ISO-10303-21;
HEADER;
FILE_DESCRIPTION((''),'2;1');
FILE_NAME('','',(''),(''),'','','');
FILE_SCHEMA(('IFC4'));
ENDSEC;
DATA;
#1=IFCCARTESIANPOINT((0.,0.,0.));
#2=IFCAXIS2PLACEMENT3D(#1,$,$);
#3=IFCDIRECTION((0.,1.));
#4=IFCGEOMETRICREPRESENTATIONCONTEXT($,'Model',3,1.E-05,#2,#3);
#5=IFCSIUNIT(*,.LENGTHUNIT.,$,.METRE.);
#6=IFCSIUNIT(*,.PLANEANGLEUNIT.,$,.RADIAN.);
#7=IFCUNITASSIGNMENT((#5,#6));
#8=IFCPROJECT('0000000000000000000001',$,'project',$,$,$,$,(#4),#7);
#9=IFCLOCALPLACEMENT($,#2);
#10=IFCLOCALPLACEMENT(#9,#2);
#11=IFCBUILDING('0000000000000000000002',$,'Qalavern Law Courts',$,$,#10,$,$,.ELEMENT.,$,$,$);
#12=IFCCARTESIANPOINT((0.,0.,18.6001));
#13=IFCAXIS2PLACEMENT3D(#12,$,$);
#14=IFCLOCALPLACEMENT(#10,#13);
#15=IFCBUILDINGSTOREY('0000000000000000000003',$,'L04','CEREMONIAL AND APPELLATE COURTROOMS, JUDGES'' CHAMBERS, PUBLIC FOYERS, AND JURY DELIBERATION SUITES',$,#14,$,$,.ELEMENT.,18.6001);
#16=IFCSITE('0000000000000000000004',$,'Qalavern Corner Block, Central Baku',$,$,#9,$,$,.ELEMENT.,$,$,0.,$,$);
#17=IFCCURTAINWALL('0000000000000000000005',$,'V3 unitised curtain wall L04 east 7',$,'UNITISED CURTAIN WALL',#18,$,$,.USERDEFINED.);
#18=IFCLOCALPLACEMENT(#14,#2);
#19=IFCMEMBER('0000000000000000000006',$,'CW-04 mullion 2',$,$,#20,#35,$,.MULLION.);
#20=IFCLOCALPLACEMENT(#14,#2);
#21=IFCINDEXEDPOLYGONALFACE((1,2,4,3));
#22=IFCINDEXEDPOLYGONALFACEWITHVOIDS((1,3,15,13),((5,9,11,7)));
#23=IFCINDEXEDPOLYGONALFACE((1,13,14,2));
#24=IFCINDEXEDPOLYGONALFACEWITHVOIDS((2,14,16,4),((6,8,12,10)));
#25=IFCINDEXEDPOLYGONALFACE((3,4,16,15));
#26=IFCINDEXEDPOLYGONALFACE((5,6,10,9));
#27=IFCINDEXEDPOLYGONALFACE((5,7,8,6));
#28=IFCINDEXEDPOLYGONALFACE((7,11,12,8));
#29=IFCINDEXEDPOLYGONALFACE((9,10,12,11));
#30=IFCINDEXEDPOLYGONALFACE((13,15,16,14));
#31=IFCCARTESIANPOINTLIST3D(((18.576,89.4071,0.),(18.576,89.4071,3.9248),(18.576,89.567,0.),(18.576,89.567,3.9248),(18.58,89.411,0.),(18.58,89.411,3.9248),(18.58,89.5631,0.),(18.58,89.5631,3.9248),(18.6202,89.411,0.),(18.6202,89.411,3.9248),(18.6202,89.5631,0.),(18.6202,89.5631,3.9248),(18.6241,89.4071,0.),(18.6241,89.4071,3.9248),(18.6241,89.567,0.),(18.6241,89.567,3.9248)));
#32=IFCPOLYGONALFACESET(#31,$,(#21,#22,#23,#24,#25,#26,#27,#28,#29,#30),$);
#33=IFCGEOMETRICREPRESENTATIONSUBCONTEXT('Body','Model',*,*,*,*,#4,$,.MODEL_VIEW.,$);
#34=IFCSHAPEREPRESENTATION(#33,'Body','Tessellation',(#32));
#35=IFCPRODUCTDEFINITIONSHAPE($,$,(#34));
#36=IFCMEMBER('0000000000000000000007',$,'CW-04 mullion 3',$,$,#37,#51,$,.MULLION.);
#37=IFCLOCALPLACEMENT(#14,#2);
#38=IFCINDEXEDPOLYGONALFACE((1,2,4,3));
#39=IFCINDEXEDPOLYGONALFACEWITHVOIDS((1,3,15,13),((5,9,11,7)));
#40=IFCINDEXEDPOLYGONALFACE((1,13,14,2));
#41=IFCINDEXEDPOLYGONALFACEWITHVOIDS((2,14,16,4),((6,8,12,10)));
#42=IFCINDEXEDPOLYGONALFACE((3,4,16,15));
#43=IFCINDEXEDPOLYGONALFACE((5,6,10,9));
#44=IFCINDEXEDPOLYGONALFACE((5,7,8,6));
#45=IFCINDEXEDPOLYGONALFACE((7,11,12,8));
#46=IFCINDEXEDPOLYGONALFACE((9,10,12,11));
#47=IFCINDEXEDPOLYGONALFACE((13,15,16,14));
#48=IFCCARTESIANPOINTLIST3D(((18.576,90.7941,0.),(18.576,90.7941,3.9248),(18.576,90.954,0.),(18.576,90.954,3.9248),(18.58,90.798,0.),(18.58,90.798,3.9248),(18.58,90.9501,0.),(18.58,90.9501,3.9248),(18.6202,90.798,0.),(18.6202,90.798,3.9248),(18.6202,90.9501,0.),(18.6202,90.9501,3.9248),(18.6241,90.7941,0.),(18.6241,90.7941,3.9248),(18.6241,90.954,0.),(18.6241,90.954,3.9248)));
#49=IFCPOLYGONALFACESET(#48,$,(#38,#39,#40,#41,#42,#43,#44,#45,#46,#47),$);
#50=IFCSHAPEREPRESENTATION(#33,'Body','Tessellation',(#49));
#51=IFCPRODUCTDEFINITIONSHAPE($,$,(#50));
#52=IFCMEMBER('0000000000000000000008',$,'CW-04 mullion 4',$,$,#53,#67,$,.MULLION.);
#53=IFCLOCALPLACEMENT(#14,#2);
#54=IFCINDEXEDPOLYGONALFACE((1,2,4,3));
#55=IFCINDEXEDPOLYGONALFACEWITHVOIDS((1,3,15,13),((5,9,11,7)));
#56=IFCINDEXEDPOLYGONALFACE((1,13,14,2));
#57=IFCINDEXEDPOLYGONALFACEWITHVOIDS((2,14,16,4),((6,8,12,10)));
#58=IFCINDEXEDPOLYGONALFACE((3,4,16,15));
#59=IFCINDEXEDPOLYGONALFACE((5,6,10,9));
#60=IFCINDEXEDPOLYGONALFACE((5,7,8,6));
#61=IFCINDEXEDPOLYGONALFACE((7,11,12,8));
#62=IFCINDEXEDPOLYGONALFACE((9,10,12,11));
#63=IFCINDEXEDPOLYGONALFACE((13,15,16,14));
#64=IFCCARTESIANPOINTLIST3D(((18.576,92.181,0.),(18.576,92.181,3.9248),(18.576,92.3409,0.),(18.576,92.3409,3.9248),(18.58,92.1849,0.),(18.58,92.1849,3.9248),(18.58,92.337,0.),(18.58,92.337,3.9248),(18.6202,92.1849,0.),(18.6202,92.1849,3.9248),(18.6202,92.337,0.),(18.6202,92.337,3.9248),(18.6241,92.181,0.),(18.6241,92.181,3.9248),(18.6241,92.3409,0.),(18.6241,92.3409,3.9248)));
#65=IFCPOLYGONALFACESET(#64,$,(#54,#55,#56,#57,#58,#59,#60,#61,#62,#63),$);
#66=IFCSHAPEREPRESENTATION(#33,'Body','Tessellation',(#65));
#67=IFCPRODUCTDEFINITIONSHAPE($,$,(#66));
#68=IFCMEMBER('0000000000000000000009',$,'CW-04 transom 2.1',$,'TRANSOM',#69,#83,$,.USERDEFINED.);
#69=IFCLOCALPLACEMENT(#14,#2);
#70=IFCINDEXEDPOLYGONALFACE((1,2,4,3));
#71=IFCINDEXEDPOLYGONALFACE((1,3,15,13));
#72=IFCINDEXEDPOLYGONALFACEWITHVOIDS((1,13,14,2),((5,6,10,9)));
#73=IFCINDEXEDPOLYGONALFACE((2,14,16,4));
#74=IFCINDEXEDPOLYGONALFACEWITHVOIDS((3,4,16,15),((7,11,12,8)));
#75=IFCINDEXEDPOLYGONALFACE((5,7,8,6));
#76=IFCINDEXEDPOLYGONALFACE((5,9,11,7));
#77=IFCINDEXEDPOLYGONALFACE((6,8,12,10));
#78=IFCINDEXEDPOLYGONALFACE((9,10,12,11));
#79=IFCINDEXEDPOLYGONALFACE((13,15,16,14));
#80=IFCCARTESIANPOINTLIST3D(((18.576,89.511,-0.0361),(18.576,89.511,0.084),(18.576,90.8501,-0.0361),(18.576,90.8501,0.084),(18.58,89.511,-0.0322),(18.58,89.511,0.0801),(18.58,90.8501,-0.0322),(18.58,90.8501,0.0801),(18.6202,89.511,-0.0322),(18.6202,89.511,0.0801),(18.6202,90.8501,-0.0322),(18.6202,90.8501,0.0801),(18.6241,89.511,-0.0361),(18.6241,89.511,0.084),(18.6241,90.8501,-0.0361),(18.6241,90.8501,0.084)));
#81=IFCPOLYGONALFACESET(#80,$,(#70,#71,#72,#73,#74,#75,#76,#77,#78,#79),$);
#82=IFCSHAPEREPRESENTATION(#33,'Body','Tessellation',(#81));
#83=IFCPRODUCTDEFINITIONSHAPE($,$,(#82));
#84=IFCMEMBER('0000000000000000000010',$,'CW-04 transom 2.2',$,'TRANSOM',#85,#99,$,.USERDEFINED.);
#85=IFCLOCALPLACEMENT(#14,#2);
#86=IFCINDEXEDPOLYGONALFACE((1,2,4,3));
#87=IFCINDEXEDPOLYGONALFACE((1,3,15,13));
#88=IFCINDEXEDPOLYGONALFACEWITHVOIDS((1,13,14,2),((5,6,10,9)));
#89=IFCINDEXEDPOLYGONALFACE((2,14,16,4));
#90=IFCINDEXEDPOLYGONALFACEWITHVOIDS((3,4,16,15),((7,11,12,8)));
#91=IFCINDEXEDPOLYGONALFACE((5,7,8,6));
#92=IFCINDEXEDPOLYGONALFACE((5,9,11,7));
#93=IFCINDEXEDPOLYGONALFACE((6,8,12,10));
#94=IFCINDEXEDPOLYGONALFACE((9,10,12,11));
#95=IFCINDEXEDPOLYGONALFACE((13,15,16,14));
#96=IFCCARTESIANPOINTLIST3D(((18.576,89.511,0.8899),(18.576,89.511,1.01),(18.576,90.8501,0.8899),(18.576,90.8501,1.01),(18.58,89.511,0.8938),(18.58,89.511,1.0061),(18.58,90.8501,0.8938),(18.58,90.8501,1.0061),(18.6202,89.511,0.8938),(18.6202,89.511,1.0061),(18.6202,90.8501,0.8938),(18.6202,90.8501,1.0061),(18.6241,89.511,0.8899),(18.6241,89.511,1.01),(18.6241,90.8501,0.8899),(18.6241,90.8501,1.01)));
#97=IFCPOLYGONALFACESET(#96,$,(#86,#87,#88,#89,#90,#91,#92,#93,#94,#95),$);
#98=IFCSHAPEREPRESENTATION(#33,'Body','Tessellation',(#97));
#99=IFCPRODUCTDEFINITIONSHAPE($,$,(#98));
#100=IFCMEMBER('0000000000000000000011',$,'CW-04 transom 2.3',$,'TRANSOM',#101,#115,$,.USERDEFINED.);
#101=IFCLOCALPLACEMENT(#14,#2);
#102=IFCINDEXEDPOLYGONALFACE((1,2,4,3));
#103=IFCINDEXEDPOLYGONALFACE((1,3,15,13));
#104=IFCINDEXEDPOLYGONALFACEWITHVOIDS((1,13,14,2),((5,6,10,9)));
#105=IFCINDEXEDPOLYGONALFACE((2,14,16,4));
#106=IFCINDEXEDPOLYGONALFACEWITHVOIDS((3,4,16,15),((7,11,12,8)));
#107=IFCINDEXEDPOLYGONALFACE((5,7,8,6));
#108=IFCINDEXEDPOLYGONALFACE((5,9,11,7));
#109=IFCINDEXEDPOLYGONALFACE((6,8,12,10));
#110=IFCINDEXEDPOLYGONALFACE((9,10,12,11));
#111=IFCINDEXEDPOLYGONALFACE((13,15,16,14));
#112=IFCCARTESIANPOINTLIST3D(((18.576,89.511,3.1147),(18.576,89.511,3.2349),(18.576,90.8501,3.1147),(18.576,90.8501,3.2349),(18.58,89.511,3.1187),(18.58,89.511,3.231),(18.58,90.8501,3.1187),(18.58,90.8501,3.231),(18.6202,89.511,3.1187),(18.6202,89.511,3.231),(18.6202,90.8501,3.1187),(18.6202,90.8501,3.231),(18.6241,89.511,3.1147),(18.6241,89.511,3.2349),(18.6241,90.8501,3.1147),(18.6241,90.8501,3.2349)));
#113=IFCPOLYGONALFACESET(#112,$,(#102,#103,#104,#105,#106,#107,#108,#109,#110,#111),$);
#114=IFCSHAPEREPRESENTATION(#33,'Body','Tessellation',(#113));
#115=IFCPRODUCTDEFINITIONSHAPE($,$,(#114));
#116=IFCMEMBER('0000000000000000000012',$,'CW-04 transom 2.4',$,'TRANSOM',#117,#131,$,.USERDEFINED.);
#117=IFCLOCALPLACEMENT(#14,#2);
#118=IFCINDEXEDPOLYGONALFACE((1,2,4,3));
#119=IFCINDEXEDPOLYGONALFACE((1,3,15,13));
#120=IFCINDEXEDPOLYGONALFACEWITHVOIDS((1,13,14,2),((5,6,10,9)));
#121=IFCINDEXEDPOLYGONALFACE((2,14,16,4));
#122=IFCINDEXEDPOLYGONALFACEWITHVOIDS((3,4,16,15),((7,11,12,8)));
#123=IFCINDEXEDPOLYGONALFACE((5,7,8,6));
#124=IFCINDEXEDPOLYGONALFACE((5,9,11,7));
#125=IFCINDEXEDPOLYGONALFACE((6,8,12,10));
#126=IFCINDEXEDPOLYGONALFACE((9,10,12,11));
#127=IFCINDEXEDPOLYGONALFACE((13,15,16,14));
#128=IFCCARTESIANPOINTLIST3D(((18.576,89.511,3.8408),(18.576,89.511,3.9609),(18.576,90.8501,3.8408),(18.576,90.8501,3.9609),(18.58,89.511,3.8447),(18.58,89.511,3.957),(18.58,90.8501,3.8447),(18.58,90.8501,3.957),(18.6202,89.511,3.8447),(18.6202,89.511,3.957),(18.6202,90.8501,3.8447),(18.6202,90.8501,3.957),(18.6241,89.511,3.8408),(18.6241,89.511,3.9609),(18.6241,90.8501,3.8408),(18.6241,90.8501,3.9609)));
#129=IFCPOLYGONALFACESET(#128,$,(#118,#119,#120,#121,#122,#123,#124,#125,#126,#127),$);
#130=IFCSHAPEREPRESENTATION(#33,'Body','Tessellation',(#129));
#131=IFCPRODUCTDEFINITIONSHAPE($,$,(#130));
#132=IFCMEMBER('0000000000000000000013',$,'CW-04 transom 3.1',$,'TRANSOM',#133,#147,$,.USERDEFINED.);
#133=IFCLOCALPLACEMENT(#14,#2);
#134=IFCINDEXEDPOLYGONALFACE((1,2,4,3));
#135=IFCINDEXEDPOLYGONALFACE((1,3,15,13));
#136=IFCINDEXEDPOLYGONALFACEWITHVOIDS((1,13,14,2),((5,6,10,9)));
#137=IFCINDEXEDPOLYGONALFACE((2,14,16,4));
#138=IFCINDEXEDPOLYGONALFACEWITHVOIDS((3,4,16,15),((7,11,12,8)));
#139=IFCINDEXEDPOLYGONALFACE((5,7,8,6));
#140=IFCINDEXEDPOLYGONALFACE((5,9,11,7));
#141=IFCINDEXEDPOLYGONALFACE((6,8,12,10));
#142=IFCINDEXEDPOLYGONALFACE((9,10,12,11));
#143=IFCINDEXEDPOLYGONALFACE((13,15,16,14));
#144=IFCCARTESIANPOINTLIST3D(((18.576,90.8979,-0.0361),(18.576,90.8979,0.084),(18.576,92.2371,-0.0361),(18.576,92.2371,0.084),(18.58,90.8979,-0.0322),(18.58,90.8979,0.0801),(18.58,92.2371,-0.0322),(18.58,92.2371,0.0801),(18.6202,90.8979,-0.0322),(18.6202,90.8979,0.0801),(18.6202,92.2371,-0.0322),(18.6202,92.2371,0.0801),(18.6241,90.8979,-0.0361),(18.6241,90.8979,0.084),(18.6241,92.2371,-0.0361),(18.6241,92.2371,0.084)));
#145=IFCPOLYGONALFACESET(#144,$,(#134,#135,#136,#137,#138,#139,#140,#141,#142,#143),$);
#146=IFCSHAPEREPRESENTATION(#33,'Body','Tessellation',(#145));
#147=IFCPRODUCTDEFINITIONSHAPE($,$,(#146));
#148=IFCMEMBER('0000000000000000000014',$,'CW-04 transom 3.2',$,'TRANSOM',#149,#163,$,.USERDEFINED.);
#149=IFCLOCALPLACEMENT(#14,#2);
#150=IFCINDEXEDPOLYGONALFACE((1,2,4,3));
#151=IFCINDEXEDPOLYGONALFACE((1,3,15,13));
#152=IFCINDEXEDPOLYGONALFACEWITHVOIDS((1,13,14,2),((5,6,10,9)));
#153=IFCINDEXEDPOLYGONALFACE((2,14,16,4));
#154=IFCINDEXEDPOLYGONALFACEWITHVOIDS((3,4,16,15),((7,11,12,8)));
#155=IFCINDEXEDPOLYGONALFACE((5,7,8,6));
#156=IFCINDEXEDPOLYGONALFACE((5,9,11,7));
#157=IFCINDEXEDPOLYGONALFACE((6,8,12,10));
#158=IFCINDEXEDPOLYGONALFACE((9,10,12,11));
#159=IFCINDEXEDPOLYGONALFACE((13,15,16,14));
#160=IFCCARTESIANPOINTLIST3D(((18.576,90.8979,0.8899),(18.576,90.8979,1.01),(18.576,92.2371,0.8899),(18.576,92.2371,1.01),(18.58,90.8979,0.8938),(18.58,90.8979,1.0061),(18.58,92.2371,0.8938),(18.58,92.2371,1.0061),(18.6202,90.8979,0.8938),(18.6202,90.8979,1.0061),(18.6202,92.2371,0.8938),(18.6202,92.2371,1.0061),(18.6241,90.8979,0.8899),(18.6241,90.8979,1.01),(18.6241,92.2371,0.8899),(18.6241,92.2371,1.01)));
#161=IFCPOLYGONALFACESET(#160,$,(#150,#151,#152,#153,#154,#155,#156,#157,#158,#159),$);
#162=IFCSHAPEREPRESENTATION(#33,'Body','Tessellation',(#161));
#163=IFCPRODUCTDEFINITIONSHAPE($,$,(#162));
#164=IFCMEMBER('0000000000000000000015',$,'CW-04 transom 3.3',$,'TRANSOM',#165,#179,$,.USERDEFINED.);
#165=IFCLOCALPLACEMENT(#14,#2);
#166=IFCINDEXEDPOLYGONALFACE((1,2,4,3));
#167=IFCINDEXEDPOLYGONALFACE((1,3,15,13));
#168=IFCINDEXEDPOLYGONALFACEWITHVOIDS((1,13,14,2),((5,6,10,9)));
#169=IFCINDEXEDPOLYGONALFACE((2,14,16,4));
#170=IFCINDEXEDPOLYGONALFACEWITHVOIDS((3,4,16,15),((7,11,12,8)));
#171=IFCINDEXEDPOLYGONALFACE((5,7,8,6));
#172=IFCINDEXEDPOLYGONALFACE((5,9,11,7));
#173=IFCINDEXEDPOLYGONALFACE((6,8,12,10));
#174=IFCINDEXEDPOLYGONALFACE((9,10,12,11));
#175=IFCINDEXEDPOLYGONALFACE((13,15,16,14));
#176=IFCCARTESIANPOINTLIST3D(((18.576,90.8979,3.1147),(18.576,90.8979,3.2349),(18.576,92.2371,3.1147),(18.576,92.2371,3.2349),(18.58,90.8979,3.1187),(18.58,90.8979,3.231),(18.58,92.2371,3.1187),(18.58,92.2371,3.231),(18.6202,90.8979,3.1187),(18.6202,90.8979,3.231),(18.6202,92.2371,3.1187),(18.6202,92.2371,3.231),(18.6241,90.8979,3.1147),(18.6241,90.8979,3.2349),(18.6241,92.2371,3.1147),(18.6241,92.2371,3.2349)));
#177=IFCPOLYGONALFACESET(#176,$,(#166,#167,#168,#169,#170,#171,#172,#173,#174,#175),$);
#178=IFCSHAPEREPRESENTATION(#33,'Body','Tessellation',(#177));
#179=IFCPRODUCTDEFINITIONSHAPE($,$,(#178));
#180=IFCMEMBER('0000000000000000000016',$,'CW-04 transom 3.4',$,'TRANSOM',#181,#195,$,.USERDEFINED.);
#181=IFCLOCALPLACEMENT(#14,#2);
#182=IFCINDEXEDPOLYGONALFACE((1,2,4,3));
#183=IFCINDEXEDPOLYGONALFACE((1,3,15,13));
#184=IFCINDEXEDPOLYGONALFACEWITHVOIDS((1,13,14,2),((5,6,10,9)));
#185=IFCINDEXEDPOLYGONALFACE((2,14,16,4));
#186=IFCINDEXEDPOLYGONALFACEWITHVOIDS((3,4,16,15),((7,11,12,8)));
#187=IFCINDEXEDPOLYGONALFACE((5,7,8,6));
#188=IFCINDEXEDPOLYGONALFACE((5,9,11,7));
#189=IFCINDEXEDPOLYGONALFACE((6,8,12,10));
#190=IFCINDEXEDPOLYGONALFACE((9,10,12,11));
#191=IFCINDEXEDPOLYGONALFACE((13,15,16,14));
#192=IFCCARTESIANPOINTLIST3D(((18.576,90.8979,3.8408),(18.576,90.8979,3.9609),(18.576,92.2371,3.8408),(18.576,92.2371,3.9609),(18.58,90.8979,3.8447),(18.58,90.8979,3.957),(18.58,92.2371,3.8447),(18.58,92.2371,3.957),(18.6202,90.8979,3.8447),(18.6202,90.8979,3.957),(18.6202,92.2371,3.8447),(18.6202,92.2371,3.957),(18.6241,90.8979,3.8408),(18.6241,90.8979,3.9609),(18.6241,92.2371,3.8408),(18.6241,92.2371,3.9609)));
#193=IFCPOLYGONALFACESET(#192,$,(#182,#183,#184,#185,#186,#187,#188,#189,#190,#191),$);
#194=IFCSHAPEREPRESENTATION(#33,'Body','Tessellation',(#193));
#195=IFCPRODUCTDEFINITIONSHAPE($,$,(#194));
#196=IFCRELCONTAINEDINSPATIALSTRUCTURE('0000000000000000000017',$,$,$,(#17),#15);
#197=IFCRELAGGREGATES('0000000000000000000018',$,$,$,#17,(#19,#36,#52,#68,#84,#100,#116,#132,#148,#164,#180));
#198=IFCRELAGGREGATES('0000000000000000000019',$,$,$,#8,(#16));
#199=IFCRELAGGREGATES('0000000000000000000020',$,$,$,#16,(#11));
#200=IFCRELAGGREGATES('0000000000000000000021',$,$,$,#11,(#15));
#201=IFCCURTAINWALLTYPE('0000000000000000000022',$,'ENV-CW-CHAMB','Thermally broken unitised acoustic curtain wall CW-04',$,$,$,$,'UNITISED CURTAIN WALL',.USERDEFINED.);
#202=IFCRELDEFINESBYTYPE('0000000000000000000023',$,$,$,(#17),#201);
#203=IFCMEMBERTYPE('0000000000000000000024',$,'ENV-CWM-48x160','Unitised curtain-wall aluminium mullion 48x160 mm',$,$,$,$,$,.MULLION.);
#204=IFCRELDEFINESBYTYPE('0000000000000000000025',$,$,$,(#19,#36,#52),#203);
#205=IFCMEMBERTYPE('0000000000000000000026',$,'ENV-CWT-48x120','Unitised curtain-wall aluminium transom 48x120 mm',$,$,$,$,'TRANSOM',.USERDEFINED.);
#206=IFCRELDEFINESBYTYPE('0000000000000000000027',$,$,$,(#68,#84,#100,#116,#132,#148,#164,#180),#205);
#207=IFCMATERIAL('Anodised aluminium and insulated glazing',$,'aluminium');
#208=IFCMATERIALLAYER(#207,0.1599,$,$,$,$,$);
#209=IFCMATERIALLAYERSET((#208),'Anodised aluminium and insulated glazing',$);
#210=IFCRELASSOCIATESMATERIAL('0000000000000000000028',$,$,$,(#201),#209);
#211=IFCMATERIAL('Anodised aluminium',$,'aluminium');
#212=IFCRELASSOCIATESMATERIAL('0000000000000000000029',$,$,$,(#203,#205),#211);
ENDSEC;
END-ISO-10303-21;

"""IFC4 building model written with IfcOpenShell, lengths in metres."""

from ifc_helpers import new_model, si_unit, direction, frame, origin, origin_2d, place, context, subcontext, project, spatial, hollow_rectangle, extrude, material, layer, layer_set, material_profile, profile_set, type_object, element, aggregate, save


model = new_model("IFC4")

# Units and contexts
model_context = context("Model", 3, precision=1e-05, world=origin(), true_north=direction((0.0, 1.0)))
body_context = subcontext(model_context, "Body", "Model", "MODEL_VIEW")
ifc_project = project(units=[si_unit("LENGTHUNIT", "METRE"), si_unit("PLANEANGLEUNIT", "RADIAN")], contexts=[model_context])

# Site, building, storey
site_placement = place(None, origin())
site = spatial("IfcSite", under=ifc_project, at=site_placement, Name="Qalavern Corner Block, Central Baku", CompositionType="ELEMENT", RefElevation=0.0)
building_placement = place(site_placement, origin())
building = spatial("IfcBuilding", under=site, at=building_placement, Name="Qalavern Law Courts", CompositionType="ELEMENT")
storey_placement = place(building_placement, frame((0.0, 0.0, 18.6001)))
storey = spatial("IfcBuildingStorey", under=building, at=storey_placement, Name="L04", Description="CEREMONIAL AND APPELLATE COURTROOMS, JUDGES' CHAMBERS, PUBLIC FOYERS, AND JURY DELIBERATION SUITES", CompositionType="ELEMENT", Elevation=18.6001)

# Curtain wall, members
ifc_material_1 = material(Name="Anodised aluminium and insulated glazing", Category="aluminium")
ifc_layer_1 = layer(ifc_material_1, 0.1599)
ifc_layer_set_1 = layer_set([ifc_layer_1], Name="Anodised aluminium and insulated glazing")
curtain_wall_type = type_object("IfcCurtainWallType", Name="ENV-CW-CHAMB", Description="Thermally broken unitised acoustic curtain wall CW-04", ElementType="UNITISED CURTAIN WALL", PredefinedType="USERDEFINED", material=ifc_layer_set_1)
curtain_wall_placement = place(storey_placement, origin())
curtain_wall = element("IfcCurtainWall", 1, at=curtain_wall_placement, inside=storey, type_object=curtain_wall_type, Name="V3 unitised curtain wall L04 east 7", ObjectType="UNITISED CURTAIN WALL", PredefinedType="USERDEFINED")
ifc_material_2 = material(Name="Anodised aluminium", Category="aluminium")
ifc_material_profile_1 = material_profile(ifc_material_2, hollow_rectangle(XDim=0.0481, YDim=0.1599, WallThickness=0.0039, at=origin_2d()), Name="ALU MULLION 48x160")
ifc_profile_set_1 = profile_set([ifc_material_profile_1], Name="Anodised aluminium")
member_type_1 = type_object("IfcMemberType", Name="ENV-CWM-48x160", Description="Unitised curtain-wall aluminium mullion 48x160 mm", PredefinedType="MULLION", material=ifc_profile_set_1)
member_1_placement = place(storey_placement, frame((18.6001, 89.4871, 0.0), z_axis=(0.0, 0.0, 1.0), x_axis=(-1.0, 0.0, 0.0)))
member_1 = element("IfcMember", 2, at=member_1_placement, type_object=member_type_1, Name="CW-04 mullion 2", PredefinedType="MULLION", context=body_context, shape_type="SweptSolid", body=[
    extrude(hollow_rectangle(XDim=0.0481, YDim=0.1599, WallThickness=0.0039, at=origin_2d()), origin(), (0.0, 0.0, 1.0), 3.9248),
])
member_2_placement = place(storey_placement, frame((18.6001, 90.874, 0.0), z_axis=(0.0, 0.0, 1.0), x_axis=(-1.0, 0.0, 0.0)))
member_2 = element("IfcMember", 3, at=member_2_placement, type_object=member_type_1, Name="CW-04 mullion 3", PredefinedType="MULLION", context=body_context, shape_type="SweptSolid", body=[
    extrude(hollow_rectangle(XDim=0.0481, YDim=0.1599, WallThickness=0.0039, at=origin_2d()), origin(), (0.0, 0.0, 1.0), 3.9248),
])
member_3_placement = place(storey_placement, frame((18.6001, 92.261, 0.0), z_axis=(0.0, 0.0, 1.0), x_axis=(-1.0, 0.0, 0.0)))
member_3 = element("IfcMember", 4, at=member_3_placement, type_object=member_type_1, Name="CW-04 mullion 4", PredefinedType="MULLION", context=body_context, shape_type="SweptSolid", body=[
    extrude(hollow_rectangle(XDim=0.0481, YDim=0.1599, WallThickness=0.0039, at=origin_2d()), origin(), (0.0, 0.0, 1.0), 3.9248),
])
ifc_material_profile_2 = material_profile(ifc_material_2, hollow_rectangle(XDim=0.0481, YDim=0.1201, WallThickness=0.0039, at=origin_2d()), Name="ALU TRANSOM 48x120")
ifc_profile_set_2 = profile_set([ifc_material_profile_2], Name="Anodised aluminium")
member_type_2 = type_object("IfcMemberType", Name="ENV-CWT-48x120", Description="Unitised curtain-wall aluminium transom 48x120 mm", ElementType="TRANSOM", PredefinedType="USERDEFINED", material=ifc_profile_set_2)
member_4_placement = place(storey_placement, frame((18.6001, 89.511, 0.0239), z_axis=(0.0, 1.0, 0.0), x_axis=(-1.0, 0.0, 0.0)))
member_4 = element("IfcMember", 5, at=member_4_placement, type_object=member_type_2, Name="CW-04 transom 2.1", ObjectType="TRANSOM", PredefinedType="USERDEFINED", context=body_context, shape_type="SweptSolid", body=[
    extrude(hollow_rectangle(XDim=0.0481, YDim=0.1201, WallThickness=0.0039, at=origin_2d()), origin(), (0.0, 0.0, 1.0), 1.3391),
])
member_5_placement = place(storey_placement, frame((18.6001, 89.511, 0.95), z_axis=(0.0, 1.0, 0.0), x_axis=(-1.0, 0.0, 0.0)))
member_5 = element("IfcMember", 6, at=member_5_placement, type_object=member_type_2, Name="CW-04 transom 2.2", ObjectType="TRANSOM", PredefinedType="USERDEFINED", context=body_context, shape_type="SweptSolid", body=[
    extrude(hollow_rectangle(XDim=0.0481, YDim=0.1201, WallThickness=0.0039, at=origin_2d()), origin(), (0.0, 0.0, 1.0), 1.3391),
])
member_6_placement = place(storey_placement, frame((18.6001, 89.511, 3.1748), z_axis=(0.0, 1.0, 0.0), x_axis=(-1.0, 0.0, 0.0)))
member_6 = element("IfcMember", 7, at=member_6_placement, type_object=member_type_2, Name="CW-04 transom 2.3", ObjectType="TRANSOM", PredefinedType="USERDEFINED", context=body_context, shape_type="SweptSolid", body=[
    extrude(hollow_rectangle(XDim=0.0481, YDim=0.1201, WallThickness=0.0039, at=origin_2d()), origin(), (0.0, 0.0, 1.0), 1.3391),
])
member_7_placement = place(storey_placement, frame((18.6001, 89.511, 3.9009), z_axis=(0.0, 1.0, 0.0), x_axis=(-1.0, 0.0, 0.0)))
member_7 = element("IfcMember", 8, at=member_7_placement, type_object=member_type_2, Name="CW-04 transom 2.4", ObjectType="TRANSOM", PredefinedType="USERDEFINED", context=body_context, shape_type="SweptSolid", body=[
    extrude(hollow_rectangle(XDim=0.0481, YDim=0.1201, WallThickness=0.0039, at=origin_2d()), origin(), (0.0, 0.0, 1.0), 1.3391),
])
member_8_placement = place(storey_placement, frame((18.6001, 90.8979, 0.0239), z_axis=(0.0, 1.0, 0.0), x_axis=(-1.0, 0.0, 0.0)))
member_8 = element("IfcMember", 9, at=member_8_placement, type_object=member_type_2, Name="CW-04 transom 3.1", ObjectType="TRANSOM", PredefinedType="USERDEFINED", context=body_context, shape_type="SweptSolid", body=[
    extrude(hollow_rectangle(XDim=0.0481, YDim=0.1201, WallThickness=0.0039, at=origin_2d()), origin(), (0.0, 0.0, 1.0), 1.3391),
])
member_9_placement = place(storey_placement, frame((18.6001, 90.8979, 0.95), z_axis=(0.0, 1.0, 0.0), x_axis=(-1.0, 0.0, 0.0)))
member_9 = element("IfcMember", 10, at=member_9_placement, type_object=member_type_2, Name="CW-04 transom 3.2", ObjectType="TRANSOM", PredefinedType="USERDEFINED", context=body_context, shape_type="SweptSolid", body=[
    extrude(hollow_rectangle(XDim=0.0481, YDim=0.1201, WallThickness=0.0039, at=origin_2d()), origin(), (0.0, 0.0, 1.0), 1.3391),
])
member_10_placement = place(storey_placement, frame((18.6001, 90.8979, 3.1748), z_axis=(0.0, 1.0, 0.0), x_axis=(-1.0, 0.0, 0.0)))
member_10 = element("IfcMember", 11, at=member_10_placement, type_object=member_type_2, Name="CW-04 transom 3.3", ObjectType="TRANSOM", PredefinedType="USERDEFINED", context=body_context, shape_type="SweptSolid", body=[
    extrude(hollow_rectangle(XDim=0.0481, YDim=0.1201, WallThickness=0.0039, at=origin_2d()), origin(), (0.0, 0.0, 1.0), 1.3391),
])
member_11_placement = place(storey_placement, frame((18.6001, 90.8979, 3.9009), z_axis=(0.0, 1.0, 0.0), x_axis=(-1.0, 0.0, 0.0)))
member_11 = element("IfcMember", 12, at=member_11_placement, type_object=member_type_2, Name="CW-04 transom 3.4", ObjectType="TRANSOM", PredefinedType="USERDEFINED", context=body_context, shape_type="SweptSolid", body=[
    extrude(hollow_rectangle(XDim=0.0481, YDim=0.1201, WallThickness=0.0039, at=origin_2d()), origin(), (0.0, 0.0, 1.0), 1.3391),
])

aggregate(curtain_wall, [member_1, member_2, member_3, member_4, member_5, member_6, member_7, member_8, member_9, member_10, member_11])

save(model, "model.ifc")
